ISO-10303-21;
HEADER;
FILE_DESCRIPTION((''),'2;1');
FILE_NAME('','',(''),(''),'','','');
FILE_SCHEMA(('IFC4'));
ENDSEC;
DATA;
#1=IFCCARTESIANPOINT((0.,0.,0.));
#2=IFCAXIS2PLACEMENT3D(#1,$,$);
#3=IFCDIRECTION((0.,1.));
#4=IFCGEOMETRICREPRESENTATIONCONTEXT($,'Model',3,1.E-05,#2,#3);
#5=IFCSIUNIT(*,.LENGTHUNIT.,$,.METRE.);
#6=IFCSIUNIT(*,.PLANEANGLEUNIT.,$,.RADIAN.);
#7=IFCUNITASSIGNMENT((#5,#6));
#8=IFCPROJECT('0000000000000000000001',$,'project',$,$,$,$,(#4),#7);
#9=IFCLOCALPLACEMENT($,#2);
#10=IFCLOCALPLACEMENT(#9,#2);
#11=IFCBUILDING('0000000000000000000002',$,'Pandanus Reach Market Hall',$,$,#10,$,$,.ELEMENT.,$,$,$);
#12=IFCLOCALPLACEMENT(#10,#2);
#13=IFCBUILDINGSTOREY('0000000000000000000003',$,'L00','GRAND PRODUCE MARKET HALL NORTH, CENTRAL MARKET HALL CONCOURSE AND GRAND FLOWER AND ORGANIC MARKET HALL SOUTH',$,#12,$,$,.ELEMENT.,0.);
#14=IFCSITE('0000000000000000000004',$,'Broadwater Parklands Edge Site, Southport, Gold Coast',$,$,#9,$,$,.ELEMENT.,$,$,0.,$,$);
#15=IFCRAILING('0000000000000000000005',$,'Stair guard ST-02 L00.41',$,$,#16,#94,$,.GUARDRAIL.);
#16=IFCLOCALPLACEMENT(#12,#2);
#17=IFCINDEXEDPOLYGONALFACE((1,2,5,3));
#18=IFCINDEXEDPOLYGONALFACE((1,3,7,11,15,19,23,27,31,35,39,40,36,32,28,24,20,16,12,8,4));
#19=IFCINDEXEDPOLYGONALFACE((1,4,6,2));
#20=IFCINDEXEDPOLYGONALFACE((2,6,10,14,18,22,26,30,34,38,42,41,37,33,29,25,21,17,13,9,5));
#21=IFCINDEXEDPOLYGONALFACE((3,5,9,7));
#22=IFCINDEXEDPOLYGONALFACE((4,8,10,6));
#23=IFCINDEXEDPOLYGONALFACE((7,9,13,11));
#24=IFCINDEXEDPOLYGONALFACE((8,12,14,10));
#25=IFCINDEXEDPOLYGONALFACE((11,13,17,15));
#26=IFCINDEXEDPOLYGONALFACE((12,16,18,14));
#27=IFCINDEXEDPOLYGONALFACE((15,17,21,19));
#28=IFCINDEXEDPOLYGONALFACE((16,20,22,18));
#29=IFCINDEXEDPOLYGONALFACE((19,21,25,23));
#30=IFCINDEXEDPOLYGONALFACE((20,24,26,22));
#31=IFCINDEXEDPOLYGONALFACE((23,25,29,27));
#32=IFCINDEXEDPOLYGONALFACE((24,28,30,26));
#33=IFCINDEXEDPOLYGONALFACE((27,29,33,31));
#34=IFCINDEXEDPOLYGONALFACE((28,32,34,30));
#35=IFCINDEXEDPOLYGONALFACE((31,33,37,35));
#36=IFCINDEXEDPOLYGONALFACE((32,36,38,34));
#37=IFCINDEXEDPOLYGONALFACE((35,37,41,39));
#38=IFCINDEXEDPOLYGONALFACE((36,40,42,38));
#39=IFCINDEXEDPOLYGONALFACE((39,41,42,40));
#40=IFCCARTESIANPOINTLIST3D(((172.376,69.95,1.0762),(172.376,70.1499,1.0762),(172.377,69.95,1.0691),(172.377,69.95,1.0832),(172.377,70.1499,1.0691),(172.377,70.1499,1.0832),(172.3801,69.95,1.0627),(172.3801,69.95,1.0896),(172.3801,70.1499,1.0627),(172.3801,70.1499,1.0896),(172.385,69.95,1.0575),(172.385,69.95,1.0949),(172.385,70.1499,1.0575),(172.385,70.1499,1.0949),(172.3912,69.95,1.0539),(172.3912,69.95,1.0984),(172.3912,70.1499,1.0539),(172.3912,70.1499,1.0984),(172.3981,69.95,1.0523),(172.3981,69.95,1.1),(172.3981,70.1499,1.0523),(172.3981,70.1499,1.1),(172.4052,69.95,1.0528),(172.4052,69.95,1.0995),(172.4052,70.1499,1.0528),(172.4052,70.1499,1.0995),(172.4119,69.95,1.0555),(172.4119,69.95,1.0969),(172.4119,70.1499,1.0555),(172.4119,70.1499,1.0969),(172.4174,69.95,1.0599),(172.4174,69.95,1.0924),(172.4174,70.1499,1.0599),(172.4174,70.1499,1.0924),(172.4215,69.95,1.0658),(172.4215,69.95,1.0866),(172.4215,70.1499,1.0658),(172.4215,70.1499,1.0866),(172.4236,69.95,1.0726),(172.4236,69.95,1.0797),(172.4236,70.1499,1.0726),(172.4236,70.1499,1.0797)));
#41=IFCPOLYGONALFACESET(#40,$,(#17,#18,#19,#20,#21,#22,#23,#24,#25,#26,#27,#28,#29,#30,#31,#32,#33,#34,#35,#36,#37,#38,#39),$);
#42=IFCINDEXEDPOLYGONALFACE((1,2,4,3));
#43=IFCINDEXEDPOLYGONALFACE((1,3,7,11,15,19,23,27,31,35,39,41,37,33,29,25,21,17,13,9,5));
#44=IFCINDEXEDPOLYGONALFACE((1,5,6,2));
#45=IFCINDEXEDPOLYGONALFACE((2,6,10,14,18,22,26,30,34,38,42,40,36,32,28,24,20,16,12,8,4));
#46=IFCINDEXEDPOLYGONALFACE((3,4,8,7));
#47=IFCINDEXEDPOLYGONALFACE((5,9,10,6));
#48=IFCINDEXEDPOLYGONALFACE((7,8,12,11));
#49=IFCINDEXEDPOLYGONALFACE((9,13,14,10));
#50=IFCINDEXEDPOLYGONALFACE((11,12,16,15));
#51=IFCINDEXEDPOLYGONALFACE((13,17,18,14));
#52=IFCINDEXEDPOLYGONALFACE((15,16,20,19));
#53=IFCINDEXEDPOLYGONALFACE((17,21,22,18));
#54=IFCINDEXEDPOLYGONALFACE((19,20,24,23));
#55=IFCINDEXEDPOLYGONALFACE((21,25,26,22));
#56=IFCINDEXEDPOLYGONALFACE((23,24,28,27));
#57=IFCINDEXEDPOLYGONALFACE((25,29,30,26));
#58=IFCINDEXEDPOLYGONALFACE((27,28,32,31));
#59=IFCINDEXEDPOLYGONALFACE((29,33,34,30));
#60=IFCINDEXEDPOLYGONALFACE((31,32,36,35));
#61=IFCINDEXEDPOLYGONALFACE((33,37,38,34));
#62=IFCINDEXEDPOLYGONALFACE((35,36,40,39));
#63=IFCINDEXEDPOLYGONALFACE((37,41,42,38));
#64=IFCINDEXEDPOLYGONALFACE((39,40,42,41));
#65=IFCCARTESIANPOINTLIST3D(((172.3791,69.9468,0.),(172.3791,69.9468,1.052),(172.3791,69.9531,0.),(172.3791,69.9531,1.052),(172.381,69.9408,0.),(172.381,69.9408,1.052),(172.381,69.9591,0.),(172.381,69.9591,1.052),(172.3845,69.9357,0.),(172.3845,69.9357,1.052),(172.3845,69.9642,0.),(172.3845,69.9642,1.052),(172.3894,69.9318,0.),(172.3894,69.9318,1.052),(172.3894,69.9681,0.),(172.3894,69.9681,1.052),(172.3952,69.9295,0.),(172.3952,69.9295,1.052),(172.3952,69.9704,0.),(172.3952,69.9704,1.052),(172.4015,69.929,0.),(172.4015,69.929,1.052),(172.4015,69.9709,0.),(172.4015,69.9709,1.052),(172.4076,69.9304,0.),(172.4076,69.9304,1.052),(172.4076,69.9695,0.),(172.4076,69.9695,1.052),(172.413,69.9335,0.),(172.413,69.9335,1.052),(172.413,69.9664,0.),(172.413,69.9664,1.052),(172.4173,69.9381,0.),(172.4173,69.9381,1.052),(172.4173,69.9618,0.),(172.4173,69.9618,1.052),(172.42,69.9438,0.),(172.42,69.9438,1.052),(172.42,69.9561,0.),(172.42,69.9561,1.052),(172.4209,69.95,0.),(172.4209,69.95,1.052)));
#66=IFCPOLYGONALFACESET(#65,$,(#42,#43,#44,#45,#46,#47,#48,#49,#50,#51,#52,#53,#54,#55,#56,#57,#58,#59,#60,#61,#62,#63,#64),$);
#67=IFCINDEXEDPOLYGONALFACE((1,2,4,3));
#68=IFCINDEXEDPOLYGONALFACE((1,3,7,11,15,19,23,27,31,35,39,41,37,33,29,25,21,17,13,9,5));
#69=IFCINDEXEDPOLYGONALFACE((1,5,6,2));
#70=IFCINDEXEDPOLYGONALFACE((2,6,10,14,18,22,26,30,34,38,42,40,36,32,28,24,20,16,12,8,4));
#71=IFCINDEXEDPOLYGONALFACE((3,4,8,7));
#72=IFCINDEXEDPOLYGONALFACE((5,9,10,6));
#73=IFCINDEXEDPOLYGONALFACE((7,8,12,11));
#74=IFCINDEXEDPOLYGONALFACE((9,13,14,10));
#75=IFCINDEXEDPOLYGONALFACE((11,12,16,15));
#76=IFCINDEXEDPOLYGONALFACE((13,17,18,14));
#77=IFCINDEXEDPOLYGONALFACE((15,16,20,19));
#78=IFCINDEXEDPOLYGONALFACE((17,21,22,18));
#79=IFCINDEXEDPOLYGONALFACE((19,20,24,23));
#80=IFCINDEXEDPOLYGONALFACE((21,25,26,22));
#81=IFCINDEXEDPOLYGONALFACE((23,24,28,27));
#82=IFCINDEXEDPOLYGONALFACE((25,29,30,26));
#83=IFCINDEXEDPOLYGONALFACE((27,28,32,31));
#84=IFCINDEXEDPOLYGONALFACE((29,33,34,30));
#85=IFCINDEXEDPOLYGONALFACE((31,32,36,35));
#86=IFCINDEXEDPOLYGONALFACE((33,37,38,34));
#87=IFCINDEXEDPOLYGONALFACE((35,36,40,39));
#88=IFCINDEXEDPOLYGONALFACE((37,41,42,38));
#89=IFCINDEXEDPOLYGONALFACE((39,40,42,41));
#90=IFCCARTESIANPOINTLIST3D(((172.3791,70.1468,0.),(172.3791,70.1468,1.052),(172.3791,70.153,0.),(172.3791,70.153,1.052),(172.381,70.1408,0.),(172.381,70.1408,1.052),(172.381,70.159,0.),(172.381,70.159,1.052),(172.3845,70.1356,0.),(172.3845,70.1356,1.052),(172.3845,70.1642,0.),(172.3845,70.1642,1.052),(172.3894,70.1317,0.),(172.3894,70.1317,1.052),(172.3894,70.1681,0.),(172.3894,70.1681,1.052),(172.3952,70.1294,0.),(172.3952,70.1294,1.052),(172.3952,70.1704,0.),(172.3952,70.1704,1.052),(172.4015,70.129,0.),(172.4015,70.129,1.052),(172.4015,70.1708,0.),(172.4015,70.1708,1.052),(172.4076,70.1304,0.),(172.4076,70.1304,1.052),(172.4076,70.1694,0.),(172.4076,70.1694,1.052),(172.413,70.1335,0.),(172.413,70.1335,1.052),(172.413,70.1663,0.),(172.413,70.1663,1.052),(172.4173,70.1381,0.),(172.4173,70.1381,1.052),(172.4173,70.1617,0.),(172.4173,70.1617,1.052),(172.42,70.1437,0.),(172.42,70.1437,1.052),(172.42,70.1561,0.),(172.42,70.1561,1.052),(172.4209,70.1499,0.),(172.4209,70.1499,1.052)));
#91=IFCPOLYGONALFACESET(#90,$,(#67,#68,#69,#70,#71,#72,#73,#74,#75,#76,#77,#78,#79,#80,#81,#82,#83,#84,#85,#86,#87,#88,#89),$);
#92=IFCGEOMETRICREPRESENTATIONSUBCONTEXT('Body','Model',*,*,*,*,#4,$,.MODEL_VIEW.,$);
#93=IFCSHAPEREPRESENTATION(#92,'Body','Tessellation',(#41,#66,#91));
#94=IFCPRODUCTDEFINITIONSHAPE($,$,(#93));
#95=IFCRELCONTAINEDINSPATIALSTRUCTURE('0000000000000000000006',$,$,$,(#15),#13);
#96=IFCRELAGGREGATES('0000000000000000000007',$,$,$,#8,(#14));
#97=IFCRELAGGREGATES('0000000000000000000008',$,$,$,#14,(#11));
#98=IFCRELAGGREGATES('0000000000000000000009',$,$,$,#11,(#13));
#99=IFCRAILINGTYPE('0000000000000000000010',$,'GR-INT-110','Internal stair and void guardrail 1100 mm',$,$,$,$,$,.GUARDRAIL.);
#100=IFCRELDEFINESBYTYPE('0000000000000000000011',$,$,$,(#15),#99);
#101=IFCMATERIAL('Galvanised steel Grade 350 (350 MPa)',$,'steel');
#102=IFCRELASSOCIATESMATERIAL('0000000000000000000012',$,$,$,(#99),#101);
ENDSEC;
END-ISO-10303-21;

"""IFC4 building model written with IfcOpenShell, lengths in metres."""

from ifc_helpers import new_model, si_unit, direction, frame, origin, origin_2d, place, context, subcontext, project, spatial, circle, extrude, material, type_object, element, save


model = new_model("IFC4")

# Units and contexts
model_context = context("Model", 3, precision=1e-05, world=origin(), true_north=direction((0.0, 1.0)))
body_context = subcontext(model_context, "Body", "Model", "MODEL_VIEW")
ifc_project = project(units=[si_unit("LENGTHUNIT", "METRE"), si_unit("PLANEANGLEUNIT", "RADIAN")], contexts=[model_context])

# Site, building, storey
site_placement = place(None, origin())
site = spatial("IfcSite", under=ifc_project, at=site_placement, Name="Broadwater Parklands Edge Site, Southport, Gold Coast", CompositionType="ELEMENT", RefElevation=0.0)
building_placement = place(site_placement, origin())
building = spatial("IfcBuilding", under=site, at=building_placement, Name="Pandanus Reach Market Hall", CompositionType="ELEMENT")
storey_placement = place(building_placement, origin())
storey = spatial("IfcBuildingStorey", under=building, at=storey_placement, Name="L00", Description="GRAND PRODUCE MARKET HALL NORTH, CENTRAL MARKET HALL CONCOURSE AND GRAND FLOWER AND ORGANIC MARKET HALL SOUTH", CompositionType="ELEMENT", Elevation=0.0)

# Railing
ifc_material_1 = material(Name="Galvanised steel Grade 350 (350 MPa)", Category="steel")
railing_type_1 = type_object("IfcRailingType", Name="GR-INT-110", Description="Internal stair and void guardrail 1100 mm", PredefinedType="GUARDRAIL", material=ifc_material_1)
railing_1_placement = place(storey_placement, frame((172.3999, 69.95, 0.0)))
element("IfcRailing", 1, at=railing_1_placement, inside=storey, type_object=railing_type_1, Name="Stair guard ST-02 L00.41", PredefinedType="GUARDRAIL", context=body_context, shape_type="SweptSolid", body=[
    extrude(circle(Radius=0.0239, at=origin_2d()), frame((0.0, 0.0, 1.0762), z_axis=(0.0, 1.0, 0.0), x_axis=(-1.0, 0.0, 0.0)), (0.0, 0.0, 1.0), 0.2),
    extrude(circle(Radius=0.021, at=origin_2d()), origin(), (0.0, 0.0, 1.0), 1.052),
    extrude(circle(Radius=0.021, at=origin_2d()), frame((0.0, 0.2, 0.0)), (0.0, 0.0, 1.0), 1.052),
])

save(model, "model.ifc")
